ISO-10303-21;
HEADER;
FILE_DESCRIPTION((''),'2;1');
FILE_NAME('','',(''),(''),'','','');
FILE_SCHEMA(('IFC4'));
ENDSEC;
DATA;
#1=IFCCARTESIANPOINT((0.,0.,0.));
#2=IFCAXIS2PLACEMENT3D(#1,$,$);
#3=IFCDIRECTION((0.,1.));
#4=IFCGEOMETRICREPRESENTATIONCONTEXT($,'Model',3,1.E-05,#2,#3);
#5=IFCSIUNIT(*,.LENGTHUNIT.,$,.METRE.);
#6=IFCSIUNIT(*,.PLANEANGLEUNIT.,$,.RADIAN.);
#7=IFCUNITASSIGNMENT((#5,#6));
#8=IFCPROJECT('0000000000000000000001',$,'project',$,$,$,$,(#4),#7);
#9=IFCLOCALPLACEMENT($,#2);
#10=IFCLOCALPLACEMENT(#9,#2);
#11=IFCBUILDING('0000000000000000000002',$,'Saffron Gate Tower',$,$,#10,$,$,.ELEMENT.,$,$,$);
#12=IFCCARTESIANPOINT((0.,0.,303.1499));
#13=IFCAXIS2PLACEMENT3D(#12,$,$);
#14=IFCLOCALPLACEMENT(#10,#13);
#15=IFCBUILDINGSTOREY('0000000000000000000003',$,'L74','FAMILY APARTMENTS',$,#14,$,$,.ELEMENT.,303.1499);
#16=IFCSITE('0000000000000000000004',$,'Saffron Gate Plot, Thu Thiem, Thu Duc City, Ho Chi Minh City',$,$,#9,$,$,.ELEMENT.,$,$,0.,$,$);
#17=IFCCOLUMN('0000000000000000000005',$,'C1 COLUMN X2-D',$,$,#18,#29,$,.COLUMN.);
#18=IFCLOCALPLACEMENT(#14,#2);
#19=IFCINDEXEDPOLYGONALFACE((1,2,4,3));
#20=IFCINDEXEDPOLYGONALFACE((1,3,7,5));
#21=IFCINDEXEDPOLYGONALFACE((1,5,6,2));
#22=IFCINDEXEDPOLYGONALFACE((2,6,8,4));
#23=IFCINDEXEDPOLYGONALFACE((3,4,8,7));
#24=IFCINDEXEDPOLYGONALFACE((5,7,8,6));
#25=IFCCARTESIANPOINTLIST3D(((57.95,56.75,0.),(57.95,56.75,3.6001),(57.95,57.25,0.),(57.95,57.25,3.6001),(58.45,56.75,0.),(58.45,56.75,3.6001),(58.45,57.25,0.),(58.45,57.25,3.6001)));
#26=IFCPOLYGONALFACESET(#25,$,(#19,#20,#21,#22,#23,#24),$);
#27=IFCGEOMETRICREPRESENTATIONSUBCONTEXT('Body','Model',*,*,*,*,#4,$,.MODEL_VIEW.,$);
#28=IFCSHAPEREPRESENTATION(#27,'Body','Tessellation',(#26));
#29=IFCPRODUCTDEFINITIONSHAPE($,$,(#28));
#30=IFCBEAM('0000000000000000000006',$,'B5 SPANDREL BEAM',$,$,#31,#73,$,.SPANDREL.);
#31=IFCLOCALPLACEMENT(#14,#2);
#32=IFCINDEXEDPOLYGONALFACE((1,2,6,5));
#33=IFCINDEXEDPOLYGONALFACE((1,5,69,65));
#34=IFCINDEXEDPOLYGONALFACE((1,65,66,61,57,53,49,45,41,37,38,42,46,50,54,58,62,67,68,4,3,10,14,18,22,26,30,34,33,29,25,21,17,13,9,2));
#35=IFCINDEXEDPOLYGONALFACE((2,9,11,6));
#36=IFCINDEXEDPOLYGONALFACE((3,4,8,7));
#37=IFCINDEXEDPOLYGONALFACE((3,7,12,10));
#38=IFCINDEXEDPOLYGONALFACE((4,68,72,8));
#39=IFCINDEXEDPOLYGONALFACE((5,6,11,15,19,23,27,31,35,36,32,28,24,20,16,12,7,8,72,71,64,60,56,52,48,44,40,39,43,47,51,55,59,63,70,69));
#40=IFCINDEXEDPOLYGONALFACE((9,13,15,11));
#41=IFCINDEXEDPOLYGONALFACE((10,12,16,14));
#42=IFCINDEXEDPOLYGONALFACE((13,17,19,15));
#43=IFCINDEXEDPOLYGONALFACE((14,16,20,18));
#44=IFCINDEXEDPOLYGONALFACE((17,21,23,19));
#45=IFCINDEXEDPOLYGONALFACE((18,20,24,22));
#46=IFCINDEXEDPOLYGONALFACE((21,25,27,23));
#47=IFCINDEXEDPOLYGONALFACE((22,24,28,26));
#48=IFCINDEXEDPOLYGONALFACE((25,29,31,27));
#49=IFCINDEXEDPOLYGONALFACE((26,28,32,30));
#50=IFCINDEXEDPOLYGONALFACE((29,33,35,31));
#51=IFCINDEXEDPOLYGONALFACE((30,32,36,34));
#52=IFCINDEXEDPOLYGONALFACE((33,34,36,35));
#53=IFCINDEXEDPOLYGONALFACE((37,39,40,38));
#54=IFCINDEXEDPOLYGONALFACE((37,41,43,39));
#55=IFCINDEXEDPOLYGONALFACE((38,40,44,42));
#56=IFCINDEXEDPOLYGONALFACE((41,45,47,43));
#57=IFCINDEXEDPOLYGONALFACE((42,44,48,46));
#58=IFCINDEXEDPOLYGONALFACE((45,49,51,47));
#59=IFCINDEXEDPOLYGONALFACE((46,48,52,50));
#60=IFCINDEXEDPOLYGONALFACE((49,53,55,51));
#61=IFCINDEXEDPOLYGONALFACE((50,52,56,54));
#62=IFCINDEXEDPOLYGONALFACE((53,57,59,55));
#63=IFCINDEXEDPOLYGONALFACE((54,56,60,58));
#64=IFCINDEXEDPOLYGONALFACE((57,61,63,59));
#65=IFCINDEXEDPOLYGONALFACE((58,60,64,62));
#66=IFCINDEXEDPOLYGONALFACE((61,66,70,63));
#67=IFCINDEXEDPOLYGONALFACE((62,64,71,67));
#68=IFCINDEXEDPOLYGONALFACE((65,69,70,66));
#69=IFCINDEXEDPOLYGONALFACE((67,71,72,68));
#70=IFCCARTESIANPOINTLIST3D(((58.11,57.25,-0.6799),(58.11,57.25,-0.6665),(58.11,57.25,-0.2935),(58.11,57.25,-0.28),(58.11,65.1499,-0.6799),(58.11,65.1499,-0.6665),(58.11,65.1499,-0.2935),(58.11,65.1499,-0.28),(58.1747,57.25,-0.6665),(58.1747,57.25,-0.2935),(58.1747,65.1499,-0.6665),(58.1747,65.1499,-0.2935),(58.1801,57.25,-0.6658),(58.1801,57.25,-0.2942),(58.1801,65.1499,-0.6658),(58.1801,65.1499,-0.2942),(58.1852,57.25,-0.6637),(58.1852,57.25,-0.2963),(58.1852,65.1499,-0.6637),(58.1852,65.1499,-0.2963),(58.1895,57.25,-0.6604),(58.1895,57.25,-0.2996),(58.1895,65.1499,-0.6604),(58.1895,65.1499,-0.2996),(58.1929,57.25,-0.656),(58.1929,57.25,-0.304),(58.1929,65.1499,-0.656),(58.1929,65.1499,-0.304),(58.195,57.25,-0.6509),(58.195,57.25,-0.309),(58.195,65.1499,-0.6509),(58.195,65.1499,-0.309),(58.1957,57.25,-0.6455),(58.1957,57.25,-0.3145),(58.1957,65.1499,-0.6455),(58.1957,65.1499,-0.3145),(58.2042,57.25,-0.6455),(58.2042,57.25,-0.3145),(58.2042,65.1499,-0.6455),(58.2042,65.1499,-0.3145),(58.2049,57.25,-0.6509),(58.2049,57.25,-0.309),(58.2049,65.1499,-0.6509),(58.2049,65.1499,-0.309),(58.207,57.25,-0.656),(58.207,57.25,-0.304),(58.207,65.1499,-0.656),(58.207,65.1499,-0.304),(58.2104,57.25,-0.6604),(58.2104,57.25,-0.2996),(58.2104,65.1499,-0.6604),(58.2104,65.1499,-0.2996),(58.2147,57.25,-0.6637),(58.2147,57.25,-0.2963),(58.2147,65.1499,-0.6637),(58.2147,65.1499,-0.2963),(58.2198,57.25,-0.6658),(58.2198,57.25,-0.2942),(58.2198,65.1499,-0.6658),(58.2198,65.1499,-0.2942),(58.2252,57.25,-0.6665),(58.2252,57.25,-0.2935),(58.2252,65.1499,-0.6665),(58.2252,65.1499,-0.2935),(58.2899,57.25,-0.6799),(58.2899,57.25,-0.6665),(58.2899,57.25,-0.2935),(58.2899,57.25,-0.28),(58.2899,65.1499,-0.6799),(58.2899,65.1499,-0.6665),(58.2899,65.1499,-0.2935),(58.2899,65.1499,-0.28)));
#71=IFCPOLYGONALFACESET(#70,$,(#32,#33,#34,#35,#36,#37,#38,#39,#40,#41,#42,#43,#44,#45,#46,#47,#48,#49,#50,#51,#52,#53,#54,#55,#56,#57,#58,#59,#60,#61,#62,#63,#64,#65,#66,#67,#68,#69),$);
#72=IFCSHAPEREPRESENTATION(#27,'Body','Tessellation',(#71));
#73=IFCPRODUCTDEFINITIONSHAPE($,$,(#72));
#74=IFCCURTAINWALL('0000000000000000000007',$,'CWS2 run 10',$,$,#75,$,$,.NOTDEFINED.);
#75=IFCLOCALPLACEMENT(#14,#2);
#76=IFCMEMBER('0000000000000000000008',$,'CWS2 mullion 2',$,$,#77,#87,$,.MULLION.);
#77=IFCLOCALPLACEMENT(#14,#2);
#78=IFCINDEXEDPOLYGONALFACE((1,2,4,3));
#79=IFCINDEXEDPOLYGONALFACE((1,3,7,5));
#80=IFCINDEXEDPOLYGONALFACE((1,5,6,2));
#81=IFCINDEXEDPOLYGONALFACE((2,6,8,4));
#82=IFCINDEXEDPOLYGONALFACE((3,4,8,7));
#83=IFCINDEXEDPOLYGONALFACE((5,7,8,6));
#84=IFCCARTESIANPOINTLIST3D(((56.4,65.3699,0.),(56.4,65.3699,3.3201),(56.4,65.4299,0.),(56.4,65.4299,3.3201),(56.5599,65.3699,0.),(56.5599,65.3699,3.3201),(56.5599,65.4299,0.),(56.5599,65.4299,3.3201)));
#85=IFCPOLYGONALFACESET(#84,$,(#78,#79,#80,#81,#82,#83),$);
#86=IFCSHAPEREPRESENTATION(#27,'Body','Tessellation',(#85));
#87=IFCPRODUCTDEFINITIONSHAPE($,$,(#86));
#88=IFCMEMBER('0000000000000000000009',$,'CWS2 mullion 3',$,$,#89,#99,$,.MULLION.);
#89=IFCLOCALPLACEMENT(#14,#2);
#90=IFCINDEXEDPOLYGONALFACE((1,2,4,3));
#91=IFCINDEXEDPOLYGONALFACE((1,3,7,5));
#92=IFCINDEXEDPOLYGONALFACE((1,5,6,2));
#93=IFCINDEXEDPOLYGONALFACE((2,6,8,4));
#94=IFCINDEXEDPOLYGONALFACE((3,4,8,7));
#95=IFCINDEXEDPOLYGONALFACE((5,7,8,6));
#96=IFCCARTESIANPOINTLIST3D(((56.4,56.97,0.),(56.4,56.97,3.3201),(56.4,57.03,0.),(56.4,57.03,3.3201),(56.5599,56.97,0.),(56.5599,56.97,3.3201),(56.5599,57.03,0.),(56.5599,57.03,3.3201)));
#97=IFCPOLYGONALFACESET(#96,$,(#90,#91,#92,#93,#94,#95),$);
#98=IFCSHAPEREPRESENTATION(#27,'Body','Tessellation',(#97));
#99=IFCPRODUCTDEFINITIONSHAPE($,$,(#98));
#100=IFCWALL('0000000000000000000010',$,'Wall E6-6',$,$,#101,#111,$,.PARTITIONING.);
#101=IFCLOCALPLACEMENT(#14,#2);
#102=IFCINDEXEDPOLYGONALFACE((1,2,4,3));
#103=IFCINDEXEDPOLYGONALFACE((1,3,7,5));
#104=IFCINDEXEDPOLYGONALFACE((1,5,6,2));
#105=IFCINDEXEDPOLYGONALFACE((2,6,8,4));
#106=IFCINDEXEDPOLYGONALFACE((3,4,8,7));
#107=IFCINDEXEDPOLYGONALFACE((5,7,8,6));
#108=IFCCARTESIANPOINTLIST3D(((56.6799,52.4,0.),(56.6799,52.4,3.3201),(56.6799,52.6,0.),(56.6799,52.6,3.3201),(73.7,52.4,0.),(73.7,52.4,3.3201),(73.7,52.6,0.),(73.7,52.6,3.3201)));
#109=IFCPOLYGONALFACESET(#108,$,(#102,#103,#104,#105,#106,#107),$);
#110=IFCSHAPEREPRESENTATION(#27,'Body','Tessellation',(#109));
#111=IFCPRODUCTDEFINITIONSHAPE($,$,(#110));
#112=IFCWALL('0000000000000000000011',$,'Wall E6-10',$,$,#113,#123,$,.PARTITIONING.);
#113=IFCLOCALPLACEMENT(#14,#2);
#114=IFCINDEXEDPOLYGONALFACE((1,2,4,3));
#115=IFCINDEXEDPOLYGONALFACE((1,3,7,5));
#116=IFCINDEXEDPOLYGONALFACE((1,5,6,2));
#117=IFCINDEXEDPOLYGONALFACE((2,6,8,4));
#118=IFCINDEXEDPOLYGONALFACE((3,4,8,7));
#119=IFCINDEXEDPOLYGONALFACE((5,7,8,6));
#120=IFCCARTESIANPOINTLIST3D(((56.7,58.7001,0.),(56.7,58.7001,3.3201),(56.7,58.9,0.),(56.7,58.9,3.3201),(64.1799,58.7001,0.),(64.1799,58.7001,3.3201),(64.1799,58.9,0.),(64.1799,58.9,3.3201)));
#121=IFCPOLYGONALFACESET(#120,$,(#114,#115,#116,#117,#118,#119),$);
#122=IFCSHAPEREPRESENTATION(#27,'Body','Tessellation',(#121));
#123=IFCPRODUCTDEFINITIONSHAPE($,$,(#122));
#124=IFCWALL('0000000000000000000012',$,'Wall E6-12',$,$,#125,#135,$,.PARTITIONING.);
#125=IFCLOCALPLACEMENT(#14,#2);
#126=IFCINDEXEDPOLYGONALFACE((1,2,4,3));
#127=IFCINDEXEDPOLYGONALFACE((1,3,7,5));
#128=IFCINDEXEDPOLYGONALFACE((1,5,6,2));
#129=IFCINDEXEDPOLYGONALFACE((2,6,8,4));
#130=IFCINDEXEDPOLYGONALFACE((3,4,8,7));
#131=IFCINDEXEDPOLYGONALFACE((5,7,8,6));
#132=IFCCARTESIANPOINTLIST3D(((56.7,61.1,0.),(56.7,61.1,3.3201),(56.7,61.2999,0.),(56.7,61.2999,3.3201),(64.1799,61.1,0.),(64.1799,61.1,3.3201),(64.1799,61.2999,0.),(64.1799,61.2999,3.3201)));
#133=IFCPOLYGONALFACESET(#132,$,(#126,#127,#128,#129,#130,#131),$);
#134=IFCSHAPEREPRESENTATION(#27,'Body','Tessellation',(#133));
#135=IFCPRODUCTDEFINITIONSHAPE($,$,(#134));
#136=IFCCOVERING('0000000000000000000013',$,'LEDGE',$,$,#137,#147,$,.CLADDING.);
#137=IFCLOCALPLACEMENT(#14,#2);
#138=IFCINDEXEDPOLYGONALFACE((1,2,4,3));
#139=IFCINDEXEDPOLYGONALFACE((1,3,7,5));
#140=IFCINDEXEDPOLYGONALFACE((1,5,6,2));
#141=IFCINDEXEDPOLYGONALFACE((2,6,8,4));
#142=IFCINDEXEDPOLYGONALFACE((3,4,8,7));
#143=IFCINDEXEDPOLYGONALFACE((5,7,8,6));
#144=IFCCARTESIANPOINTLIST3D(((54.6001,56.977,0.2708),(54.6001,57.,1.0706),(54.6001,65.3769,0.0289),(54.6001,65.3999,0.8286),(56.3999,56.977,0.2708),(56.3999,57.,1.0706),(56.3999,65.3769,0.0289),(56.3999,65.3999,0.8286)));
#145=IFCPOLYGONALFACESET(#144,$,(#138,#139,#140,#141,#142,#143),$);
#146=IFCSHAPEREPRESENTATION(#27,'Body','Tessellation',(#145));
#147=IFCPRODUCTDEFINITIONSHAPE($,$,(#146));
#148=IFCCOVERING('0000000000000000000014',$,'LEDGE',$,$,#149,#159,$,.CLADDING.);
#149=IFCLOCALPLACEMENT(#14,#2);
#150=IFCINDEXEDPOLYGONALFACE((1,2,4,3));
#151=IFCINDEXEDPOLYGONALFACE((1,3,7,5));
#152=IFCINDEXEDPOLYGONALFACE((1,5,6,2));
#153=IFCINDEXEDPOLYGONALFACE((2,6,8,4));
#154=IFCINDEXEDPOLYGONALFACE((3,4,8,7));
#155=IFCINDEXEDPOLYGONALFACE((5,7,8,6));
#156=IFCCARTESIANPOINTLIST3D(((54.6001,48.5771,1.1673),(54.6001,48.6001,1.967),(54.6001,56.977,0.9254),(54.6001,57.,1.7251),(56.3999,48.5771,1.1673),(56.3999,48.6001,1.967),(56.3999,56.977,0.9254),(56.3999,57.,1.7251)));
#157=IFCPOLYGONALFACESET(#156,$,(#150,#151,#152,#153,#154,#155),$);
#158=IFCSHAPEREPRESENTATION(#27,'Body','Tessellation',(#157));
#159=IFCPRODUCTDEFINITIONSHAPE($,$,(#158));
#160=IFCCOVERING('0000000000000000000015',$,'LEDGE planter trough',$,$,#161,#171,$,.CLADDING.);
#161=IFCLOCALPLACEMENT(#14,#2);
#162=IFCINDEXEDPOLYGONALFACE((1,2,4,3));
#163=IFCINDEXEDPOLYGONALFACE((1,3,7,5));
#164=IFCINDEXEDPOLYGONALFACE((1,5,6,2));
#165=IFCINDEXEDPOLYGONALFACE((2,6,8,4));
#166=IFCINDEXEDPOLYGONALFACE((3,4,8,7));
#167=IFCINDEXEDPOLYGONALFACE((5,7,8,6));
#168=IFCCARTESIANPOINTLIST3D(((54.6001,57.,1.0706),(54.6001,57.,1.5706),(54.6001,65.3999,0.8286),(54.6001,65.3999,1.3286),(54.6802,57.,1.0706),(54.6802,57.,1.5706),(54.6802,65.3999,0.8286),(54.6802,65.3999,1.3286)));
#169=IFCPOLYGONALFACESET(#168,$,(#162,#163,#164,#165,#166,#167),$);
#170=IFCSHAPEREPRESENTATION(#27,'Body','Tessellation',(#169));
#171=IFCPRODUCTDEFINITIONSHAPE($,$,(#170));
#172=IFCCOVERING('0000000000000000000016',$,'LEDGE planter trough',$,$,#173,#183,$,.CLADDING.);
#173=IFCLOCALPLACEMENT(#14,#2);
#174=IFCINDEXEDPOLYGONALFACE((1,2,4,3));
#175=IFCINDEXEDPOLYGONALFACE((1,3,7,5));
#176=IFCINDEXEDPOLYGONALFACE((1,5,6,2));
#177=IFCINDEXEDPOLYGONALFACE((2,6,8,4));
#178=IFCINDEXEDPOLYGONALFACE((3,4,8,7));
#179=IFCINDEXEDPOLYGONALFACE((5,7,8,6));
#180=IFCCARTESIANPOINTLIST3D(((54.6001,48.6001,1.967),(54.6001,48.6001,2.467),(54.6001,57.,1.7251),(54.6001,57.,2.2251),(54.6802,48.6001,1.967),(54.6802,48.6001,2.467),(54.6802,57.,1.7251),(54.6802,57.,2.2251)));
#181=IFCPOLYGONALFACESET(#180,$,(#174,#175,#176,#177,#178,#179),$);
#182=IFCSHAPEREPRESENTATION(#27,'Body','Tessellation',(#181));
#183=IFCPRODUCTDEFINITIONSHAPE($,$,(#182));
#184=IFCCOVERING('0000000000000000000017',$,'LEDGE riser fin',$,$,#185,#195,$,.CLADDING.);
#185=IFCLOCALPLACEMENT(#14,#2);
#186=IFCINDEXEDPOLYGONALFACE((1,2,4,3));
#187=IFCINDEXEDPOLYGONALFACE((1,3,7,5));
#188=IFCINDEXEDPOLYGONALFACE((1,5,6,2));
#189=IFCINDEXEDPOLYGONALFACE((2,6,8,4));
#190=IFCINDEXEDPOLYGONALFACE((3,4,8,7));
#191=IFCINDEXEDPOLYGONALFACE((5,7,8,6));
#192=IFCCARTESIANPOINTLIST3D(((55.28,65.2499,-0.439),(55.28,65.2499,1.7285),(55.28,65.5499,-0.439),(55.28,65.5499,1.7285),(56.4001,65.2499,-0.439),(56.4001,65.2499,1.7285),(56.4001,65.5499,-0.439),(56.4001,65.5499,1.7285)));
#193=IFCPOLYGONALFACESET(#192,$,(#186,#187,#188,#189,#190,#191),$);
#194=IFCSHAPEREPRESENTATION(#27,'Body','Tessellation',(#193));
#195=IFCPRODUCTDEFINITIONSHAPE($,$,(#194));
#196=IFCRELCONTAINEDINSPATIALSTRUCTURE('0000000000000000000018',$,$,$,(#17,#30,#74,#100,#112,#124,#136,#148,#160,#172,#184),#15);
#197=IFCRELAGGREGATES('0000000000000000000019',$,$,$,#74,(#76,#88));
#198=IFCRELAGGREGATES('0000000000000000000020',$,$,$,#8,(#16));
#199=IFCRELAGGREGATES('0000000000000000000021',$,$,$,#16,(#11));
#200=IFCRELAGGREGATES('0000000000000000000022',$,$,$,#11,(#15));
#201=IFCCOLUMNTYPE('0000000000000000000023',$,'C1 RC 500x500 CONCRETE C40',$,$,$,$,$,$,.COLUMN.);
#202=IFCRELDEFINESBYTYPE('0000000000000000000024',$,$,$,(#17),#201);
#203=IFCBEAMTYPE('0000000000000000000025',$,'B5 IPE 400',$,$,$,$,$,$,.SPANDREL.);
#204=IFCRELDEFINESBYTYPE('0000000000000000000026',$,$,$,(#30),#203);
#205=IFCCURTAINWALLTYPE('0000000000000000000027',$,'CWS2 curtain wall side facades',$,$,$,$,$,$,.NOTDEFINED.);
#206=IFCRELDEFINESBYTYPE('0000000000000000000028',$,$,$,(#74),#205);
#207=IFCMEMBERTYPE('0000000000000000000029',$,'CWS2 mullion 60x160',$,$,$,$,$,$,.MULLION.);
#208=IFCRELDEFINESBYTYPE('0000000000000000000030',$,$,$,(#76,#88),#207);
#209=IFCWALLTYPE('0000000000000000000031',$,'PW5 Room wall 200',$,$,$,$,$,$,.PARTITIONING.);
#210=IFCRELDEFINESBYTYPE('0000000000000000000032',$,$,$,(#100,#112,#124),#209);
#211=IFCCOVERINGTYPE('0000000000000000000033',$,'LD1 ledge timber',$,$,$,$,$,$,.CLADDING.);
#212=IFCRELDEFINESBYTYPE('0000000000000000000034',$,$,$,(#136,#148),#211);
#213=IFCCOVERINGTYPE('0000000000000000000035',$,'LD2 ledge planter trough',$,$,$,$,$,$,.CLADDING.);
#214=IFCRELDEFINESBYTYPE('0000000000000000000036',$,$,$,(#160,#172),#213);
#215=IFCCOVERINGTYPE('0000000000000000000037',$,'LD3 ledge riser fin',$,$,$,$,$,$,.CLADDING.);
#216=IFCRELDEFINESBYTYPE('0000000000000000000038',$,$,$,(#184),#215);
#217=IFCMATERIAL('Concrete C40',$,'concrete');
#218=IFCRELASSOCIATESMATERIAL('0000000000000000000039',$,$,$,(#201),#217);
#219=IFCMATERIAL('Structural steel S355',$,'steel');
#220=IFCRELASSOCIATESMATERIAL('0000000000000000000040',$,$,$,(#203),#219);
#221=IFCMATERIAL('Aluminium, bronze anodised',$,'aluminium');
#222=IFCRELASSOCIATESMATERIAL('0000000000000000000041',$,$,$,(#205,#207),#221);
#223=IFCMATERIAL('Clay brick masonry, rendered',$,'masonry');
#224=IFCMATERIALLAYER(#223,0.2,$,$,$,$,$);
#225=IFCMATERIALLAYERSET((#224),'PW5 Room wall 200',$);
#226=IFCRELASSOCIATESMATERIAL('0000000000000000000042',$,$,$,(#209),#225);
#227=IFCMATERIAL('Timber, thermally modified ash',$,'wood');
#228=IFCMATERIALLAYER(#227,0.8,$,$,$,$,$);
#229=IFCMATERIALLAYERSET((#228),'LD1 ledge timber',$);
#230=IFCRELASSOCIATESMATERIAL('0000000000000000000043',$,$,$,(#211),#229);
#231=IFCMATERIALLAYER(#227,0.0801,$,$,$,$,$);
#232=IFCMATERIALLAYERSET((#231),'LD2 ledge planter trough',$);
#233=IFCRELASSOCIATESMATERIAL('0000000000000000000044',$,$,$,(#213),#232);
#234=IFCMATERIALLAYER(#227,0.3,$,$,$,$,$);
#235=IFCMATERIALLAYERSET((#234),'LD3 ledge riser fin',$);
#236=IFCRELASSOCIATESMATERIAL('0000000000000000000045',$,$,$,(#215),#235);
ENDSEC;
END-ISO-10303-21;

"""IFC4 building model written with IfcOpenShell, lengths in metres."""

from ifc_helpers import new_model, si_unit, direction, frame, frame_2d, origin, origin_2d, place, context, subcontext, project, spatial, polyline, rectangle, i_section, outline, extrude, material, layer, layer_set, material_profile, profile_set, type_object, element, aggregate, save


model = new_model("IFC4")

# Units and contexts
model_context = context("Model", 3, precision=1e-05, world=origin(), true_north=direction((0.0, 1.0)))
body_context = subcontext(model_context, "Body", "Model", "MODEL_VIEW")
ifc_project = project(units=[si_unit("LENGTHUNIT", "METRE"), si_unit("PLANEANGLEUNIT", "RADIAN")], contexts=[model_context])

# Site, building, storey
site_placement = place(None, origin())
site = spatial("IfcSite", under=ifc_project, at=site_placement, Name="Saffron Gate Plot, Thu Thiem, Thu Duc City, Ho Chi Minh City", CompositionType="ELEMENT", RefElevation=0.0)
building_placement = place(site_placement, origin())
building = spatial("IfcBuilding", under=site, at=building_placement, Name="Saffron Gate Tower", CompositionType="ELEMENT")
storey_placement = place(building_placement, frame((0.0, 0.0, 303.1499)))
storey = spatial("IfcBuildingStorey", under=building, at=storey_placement, Name="L74", Description="FAMILY APARTMENTS", CompositionType="ELEMENT", Elevation=303.1499)

# Column
ifc_material_1 = material(Name="Concrete C40", Category="concrete")
ifc_material_profile_1 = material_profile(ifc_material_1, rectangle(XDim=0.5, YDim=0.5, at=origin_2d()))
ifc_profile_set_1 = profile_set([ifc_material_profile_1], Name="Concrete C40")
column_type = type_object("IfcColumnType", Name="C1 RC 500x500 CONCRETE C40", PredefinedType="COLUMN", material=ifc_profile_set_1)
column_placement = place(storey_placement, frame((58.2, 57.0, 0.0), z_axis=(0.0, 0.0, 1.0), x_axis=(1.0, 0.0, 0.0)))
element("IfcColumn", 1, at=column_placement, inside=storey, type_object=column_type, Name="C1 COLUMN X2-D", PredefinedType="COLUMN", context=body_context, shape_type="SweptSolid", body=[
    extrude(rectangle(XDim=0.5, YDim=0.5, at=origin_2d()), origin(), (0.0, 0.0, 1.0), 3.6001),
])

# Beam
ifc_material_2 = material(Name="Structural steel S355", Category="steel")
ifc_material_profile_2 = material_profile(ifc_material_2, i_section(OverallWidth=0.1799, OverallDepth=0.3999, WebThickness=0.0085, FlangeThickness=0.0134, FilletRadius=0.021, at=origin_2d()))
ifc_profile_set_2 = profile_set([ifc_material_profile_2], Name="Structural steel S355")
beam_type = type_object("IfcBeamType", Name="B5 IPE 400", PredefinedType="SPANDREL", material=ifc_profile_set_2)
beam_placement = place(storey_placement, frame((58.2, 57.25, -0.48), z_axis=(0.0, 1.0, 0.0), x_axis=(-1.0, 0.0, 0.0)))
element("IfcBeam", 2, at=beam_placement, inside=storey, type_object=beam_type, Name="B5 SPANDREL BEAM", PredefinedType="SPANDREL", context=body_context, shape_type="SweptSolid", body=[
    extrude(i_section(OverallWidth=0.1799, OverallDepth=0.3999, WebThickness=0.0085, FlangeThickness=0.0134, FilletRadius=0.021, at=origin_2d()), origin(), (0.0, 0.0, 1.0), 7.8999),
])

# Curtain wall, members
ifc_material_3 = material(Name="Aluminium, bronze anodised", Category="aluminium")
curtain_wall_type = type_object("IfcCurtainWallType", Name="CWS2 curtain wall side facades", PredefinedType="NOTDEFINED", material=ifc_material_3)
curtain_wall_placement = place(storey_placement, origin())
curtain_wall = element("IfcCurtainWall", 3, at=curtain_wall_placement, inside=storey, type_object=curtain_wall_type, Name="CWS2 run 10", PredefinedType="NOTDEFINED")
ifc_material_profile_3 = material_profile(ifc_material_3, rectangle(XDim=0.1599, YDim=0.0601, at=origin_2d()))
ifc_profile_set_3 = profile_set([ifc_material_profile_3], Name="Aluminium, bronze anodised")
member_type = type_object("IfcMemberType", Name="CWS2 mullion 60x160", PredefinedType="MULLION", material=ifc_profile_set_3)
member_1_placement = place(storey_placement, frame((56.48, 65.3999, 0.0), z_axis=(0.0, 0.0, 1.0), x_axis=(1.0, 0.0, 0.0)))
member_1 = element("IfcMember", 4, at=member_1_placement, type_object=member_type, Name="CWS2 mullion 2", PredefinedType="MULLION", context=body_context, shape_type="SweptSolid", body=[
    extrude(rectangle(XDim=0.1599, YDim=0.0601, at=origin_2d()), origin(), (0.0, 0.0, 1.0), 3.3201),
])
member_2_placement = place(storey_placement, frame((56.48, 57.0, 0.0), z_axis=(0.0, 0.0, 1.0), x_axis=(1.0, 0.0, 0.0)))
member_2 = element("IfcMember", 5, at=member_2_placement, type_object=member_type, Name="CWS2 mullion 3", PredefinedType="MULLION", context=body_context, shape_type="SweptSolid", body=[
    extrude(rectangle(XDim=0.1599, YDim=0.0601, at=origin_2d()), origin(), (0.0, 0.0, 1.0), 3.3201),
])
aggregate(curtain_wall, [member_1, member_2])

# Walls
ifc_material_4 = material(Name="Clay brick masonry, rendered", Category="masonry")
ifc_layer_1 = layer(ifc_material_4, 0.2)
ifc_layer_set_1 = layer_set([ifc_layer_1], Name="PW5 Room wall 200")
wall_type = type_object("IfcWallType", Name="PW5 Room wall 200", PredefinedType="PARTITIONING", material=ifc_layer_set_1)
wall_placement = place(storey_placement, frame((56.6799, 52.5, 0.0), z_axis=(0.0, 0.0, 1.0), x_axis=(1.0, 0.0, 0.0)))
element("IfcWall", 6, at=wall_placement, inside=storey, type_object=wall_type, Name="Wall E6-6", PredefinedType="PARTITIONING", context=body_context, shape_type="SweptSolid", body=[
    extrude(rectangle(XDim=17.02, YDim=0.2, at=frame_2d((8.51, 0.0))), origin(), (0.0, 0.0, 1.0), 3.3201),
])
for number, where, z_axis, x_axis, name in (
    (7, (56.7, 58.8, 0.0), (0.0, 0.0, 1.0), (1.0, 0.0, 0.0), "Wall E6-10"),
    (8, (56.7, 61.2, 0.0), (0.0, 0.0, 1.0), (1.0, 0.0, 0.0), "Wall E6-12"),
):
    element("IfcWall", number, at=place(storey_placement, frame(where, z_axis=z_axis, x_axis=x_axis)), inside=storey, type_object=wall_type, Name=name, PredefinedType="PARTITIONING", context=body_context, shape_type="SweptSolid", body=[
        extrude(rectangle(XDim=7.48, YDim=0.2, at=frame_2d((3.74, 0.0))), origin(), (0.0, 0.0, 1.0), 3.3201),
    ])

# Coverings
ifc_material_5 = material(Name="Timber, thermally modified ash", Category="wood")
ifc_layer_2 = layer(ifc_material_5, 0.8)
ifc_layer_set_2 = layer_set([ifc_layer_2], Name="LD1 ledge timber")
covering_type_1 = type_object("IfcCoveringType", Name="LD1 ledge timber", PredefinedType="CLADDING", material=ifc_layer_set_2)
for number, where, z_axis, x_axis, name in (
    (9, (56.3999, 65.3999, 0.8286), (0.0, 0.028791, 0.999585), (0.0, -0.999585, 0.028791), "LEDGE"),
    (10, (56.3999, 57.0, 1.7251), (0.0, 0.028791, 0.999585), (0.0, -0.999585, 0.028791), "LEDGE"),
):
    element("IfcCovering", number, at=place(storey_placement, frame(where, z_axis=z_axis, x_axis=x_axis)), inside=storey, type_object=covering_type_1, Name=name, PredefinedType="CLADDING", context=body_context, shape_type="SweptSolid", body=[
        extrude(outline(polyline([(0.0, 0.0), (8.4034, 0.0), (8.4034, -1.7998), (0.0, -1.7998), (0.0, 0.0)])), origin(), (0.0, 0.0, -1.0), 0.8),
    ])
ifc_layer_3 = layer(ifc_material_5, 0.0801)
ifc_layer_set_3 = layer_set([ifc_layer_3], Name="LD2 ledge planter trough")
covering_type_2 = type_object("IfcCoveringType", Name="LD2 ledge planter trough", PredefinedType="CLADDING", material=ifc_layer_set_3)
for number, where, z_axis, x_axis, name in (
    (11, (54.6001, 65.3999, 0.8286), (-1.0, 0.0, 0.0), (0.0, -0.999585, 0.028791), "LEDGE planter trough"),
    (12, (54.6001, 57.0, 1.7251), (-1.0, 0.0, 0.0), (0.0, -0.999585, 0.028791), "LEDGE planter trough"),
):
    element("IfcCovering", number, at=place(storey_placement, frame(where, z_axis=z_axis, x_axis=x_axis)), inside=storey, type_object=covering_type_2, Name=name, PredefinedType="CLADDING", context=body_context, shape_type="SweptSolid", body=[
        extrude(outline(polyline([(0.0, 0.0), (8.4034, 0.0), (8.4178, 0.4998), (0.0144, 0.4998), (0.0, 0.0)])), origin(), (0.0, 0.0, -1.0), 0.0801),
    ])
ifc_layer_4 = layer(ifc_material_5, 0.3)
ifc_layer_set_4 = layer_set([ifc_layer_4], Name="LD3 ledge riser fin")
covering_type_3 = type_object("IfcCoveringType", Name="LD3 ledge riser fin", PredefinedType="CLADDING", material=ifc_layer_set_4)
covering_1_placement = place(storey_placement, frame((55.8401, 65.3999, -0.439), z_axis=(0.0, 0.0, 1.0), x_axis=(0.0, -1.0, 0.0)))
element("IfcCovering", 13, at=covering_1_placement, inside=storey, type_object=covering_type_3, Name="LEDGE riser fin", PredefinedType="CLADDING", context=body_context, shape_type="SweptSolid", body=[
    extrude(rectangle(XDim=0.3, YDim=1.1201, at=origin_2d()), origin(), (0.0, 0.0, 1.0), 2.1675),
])

save(model, "model.ifc")
